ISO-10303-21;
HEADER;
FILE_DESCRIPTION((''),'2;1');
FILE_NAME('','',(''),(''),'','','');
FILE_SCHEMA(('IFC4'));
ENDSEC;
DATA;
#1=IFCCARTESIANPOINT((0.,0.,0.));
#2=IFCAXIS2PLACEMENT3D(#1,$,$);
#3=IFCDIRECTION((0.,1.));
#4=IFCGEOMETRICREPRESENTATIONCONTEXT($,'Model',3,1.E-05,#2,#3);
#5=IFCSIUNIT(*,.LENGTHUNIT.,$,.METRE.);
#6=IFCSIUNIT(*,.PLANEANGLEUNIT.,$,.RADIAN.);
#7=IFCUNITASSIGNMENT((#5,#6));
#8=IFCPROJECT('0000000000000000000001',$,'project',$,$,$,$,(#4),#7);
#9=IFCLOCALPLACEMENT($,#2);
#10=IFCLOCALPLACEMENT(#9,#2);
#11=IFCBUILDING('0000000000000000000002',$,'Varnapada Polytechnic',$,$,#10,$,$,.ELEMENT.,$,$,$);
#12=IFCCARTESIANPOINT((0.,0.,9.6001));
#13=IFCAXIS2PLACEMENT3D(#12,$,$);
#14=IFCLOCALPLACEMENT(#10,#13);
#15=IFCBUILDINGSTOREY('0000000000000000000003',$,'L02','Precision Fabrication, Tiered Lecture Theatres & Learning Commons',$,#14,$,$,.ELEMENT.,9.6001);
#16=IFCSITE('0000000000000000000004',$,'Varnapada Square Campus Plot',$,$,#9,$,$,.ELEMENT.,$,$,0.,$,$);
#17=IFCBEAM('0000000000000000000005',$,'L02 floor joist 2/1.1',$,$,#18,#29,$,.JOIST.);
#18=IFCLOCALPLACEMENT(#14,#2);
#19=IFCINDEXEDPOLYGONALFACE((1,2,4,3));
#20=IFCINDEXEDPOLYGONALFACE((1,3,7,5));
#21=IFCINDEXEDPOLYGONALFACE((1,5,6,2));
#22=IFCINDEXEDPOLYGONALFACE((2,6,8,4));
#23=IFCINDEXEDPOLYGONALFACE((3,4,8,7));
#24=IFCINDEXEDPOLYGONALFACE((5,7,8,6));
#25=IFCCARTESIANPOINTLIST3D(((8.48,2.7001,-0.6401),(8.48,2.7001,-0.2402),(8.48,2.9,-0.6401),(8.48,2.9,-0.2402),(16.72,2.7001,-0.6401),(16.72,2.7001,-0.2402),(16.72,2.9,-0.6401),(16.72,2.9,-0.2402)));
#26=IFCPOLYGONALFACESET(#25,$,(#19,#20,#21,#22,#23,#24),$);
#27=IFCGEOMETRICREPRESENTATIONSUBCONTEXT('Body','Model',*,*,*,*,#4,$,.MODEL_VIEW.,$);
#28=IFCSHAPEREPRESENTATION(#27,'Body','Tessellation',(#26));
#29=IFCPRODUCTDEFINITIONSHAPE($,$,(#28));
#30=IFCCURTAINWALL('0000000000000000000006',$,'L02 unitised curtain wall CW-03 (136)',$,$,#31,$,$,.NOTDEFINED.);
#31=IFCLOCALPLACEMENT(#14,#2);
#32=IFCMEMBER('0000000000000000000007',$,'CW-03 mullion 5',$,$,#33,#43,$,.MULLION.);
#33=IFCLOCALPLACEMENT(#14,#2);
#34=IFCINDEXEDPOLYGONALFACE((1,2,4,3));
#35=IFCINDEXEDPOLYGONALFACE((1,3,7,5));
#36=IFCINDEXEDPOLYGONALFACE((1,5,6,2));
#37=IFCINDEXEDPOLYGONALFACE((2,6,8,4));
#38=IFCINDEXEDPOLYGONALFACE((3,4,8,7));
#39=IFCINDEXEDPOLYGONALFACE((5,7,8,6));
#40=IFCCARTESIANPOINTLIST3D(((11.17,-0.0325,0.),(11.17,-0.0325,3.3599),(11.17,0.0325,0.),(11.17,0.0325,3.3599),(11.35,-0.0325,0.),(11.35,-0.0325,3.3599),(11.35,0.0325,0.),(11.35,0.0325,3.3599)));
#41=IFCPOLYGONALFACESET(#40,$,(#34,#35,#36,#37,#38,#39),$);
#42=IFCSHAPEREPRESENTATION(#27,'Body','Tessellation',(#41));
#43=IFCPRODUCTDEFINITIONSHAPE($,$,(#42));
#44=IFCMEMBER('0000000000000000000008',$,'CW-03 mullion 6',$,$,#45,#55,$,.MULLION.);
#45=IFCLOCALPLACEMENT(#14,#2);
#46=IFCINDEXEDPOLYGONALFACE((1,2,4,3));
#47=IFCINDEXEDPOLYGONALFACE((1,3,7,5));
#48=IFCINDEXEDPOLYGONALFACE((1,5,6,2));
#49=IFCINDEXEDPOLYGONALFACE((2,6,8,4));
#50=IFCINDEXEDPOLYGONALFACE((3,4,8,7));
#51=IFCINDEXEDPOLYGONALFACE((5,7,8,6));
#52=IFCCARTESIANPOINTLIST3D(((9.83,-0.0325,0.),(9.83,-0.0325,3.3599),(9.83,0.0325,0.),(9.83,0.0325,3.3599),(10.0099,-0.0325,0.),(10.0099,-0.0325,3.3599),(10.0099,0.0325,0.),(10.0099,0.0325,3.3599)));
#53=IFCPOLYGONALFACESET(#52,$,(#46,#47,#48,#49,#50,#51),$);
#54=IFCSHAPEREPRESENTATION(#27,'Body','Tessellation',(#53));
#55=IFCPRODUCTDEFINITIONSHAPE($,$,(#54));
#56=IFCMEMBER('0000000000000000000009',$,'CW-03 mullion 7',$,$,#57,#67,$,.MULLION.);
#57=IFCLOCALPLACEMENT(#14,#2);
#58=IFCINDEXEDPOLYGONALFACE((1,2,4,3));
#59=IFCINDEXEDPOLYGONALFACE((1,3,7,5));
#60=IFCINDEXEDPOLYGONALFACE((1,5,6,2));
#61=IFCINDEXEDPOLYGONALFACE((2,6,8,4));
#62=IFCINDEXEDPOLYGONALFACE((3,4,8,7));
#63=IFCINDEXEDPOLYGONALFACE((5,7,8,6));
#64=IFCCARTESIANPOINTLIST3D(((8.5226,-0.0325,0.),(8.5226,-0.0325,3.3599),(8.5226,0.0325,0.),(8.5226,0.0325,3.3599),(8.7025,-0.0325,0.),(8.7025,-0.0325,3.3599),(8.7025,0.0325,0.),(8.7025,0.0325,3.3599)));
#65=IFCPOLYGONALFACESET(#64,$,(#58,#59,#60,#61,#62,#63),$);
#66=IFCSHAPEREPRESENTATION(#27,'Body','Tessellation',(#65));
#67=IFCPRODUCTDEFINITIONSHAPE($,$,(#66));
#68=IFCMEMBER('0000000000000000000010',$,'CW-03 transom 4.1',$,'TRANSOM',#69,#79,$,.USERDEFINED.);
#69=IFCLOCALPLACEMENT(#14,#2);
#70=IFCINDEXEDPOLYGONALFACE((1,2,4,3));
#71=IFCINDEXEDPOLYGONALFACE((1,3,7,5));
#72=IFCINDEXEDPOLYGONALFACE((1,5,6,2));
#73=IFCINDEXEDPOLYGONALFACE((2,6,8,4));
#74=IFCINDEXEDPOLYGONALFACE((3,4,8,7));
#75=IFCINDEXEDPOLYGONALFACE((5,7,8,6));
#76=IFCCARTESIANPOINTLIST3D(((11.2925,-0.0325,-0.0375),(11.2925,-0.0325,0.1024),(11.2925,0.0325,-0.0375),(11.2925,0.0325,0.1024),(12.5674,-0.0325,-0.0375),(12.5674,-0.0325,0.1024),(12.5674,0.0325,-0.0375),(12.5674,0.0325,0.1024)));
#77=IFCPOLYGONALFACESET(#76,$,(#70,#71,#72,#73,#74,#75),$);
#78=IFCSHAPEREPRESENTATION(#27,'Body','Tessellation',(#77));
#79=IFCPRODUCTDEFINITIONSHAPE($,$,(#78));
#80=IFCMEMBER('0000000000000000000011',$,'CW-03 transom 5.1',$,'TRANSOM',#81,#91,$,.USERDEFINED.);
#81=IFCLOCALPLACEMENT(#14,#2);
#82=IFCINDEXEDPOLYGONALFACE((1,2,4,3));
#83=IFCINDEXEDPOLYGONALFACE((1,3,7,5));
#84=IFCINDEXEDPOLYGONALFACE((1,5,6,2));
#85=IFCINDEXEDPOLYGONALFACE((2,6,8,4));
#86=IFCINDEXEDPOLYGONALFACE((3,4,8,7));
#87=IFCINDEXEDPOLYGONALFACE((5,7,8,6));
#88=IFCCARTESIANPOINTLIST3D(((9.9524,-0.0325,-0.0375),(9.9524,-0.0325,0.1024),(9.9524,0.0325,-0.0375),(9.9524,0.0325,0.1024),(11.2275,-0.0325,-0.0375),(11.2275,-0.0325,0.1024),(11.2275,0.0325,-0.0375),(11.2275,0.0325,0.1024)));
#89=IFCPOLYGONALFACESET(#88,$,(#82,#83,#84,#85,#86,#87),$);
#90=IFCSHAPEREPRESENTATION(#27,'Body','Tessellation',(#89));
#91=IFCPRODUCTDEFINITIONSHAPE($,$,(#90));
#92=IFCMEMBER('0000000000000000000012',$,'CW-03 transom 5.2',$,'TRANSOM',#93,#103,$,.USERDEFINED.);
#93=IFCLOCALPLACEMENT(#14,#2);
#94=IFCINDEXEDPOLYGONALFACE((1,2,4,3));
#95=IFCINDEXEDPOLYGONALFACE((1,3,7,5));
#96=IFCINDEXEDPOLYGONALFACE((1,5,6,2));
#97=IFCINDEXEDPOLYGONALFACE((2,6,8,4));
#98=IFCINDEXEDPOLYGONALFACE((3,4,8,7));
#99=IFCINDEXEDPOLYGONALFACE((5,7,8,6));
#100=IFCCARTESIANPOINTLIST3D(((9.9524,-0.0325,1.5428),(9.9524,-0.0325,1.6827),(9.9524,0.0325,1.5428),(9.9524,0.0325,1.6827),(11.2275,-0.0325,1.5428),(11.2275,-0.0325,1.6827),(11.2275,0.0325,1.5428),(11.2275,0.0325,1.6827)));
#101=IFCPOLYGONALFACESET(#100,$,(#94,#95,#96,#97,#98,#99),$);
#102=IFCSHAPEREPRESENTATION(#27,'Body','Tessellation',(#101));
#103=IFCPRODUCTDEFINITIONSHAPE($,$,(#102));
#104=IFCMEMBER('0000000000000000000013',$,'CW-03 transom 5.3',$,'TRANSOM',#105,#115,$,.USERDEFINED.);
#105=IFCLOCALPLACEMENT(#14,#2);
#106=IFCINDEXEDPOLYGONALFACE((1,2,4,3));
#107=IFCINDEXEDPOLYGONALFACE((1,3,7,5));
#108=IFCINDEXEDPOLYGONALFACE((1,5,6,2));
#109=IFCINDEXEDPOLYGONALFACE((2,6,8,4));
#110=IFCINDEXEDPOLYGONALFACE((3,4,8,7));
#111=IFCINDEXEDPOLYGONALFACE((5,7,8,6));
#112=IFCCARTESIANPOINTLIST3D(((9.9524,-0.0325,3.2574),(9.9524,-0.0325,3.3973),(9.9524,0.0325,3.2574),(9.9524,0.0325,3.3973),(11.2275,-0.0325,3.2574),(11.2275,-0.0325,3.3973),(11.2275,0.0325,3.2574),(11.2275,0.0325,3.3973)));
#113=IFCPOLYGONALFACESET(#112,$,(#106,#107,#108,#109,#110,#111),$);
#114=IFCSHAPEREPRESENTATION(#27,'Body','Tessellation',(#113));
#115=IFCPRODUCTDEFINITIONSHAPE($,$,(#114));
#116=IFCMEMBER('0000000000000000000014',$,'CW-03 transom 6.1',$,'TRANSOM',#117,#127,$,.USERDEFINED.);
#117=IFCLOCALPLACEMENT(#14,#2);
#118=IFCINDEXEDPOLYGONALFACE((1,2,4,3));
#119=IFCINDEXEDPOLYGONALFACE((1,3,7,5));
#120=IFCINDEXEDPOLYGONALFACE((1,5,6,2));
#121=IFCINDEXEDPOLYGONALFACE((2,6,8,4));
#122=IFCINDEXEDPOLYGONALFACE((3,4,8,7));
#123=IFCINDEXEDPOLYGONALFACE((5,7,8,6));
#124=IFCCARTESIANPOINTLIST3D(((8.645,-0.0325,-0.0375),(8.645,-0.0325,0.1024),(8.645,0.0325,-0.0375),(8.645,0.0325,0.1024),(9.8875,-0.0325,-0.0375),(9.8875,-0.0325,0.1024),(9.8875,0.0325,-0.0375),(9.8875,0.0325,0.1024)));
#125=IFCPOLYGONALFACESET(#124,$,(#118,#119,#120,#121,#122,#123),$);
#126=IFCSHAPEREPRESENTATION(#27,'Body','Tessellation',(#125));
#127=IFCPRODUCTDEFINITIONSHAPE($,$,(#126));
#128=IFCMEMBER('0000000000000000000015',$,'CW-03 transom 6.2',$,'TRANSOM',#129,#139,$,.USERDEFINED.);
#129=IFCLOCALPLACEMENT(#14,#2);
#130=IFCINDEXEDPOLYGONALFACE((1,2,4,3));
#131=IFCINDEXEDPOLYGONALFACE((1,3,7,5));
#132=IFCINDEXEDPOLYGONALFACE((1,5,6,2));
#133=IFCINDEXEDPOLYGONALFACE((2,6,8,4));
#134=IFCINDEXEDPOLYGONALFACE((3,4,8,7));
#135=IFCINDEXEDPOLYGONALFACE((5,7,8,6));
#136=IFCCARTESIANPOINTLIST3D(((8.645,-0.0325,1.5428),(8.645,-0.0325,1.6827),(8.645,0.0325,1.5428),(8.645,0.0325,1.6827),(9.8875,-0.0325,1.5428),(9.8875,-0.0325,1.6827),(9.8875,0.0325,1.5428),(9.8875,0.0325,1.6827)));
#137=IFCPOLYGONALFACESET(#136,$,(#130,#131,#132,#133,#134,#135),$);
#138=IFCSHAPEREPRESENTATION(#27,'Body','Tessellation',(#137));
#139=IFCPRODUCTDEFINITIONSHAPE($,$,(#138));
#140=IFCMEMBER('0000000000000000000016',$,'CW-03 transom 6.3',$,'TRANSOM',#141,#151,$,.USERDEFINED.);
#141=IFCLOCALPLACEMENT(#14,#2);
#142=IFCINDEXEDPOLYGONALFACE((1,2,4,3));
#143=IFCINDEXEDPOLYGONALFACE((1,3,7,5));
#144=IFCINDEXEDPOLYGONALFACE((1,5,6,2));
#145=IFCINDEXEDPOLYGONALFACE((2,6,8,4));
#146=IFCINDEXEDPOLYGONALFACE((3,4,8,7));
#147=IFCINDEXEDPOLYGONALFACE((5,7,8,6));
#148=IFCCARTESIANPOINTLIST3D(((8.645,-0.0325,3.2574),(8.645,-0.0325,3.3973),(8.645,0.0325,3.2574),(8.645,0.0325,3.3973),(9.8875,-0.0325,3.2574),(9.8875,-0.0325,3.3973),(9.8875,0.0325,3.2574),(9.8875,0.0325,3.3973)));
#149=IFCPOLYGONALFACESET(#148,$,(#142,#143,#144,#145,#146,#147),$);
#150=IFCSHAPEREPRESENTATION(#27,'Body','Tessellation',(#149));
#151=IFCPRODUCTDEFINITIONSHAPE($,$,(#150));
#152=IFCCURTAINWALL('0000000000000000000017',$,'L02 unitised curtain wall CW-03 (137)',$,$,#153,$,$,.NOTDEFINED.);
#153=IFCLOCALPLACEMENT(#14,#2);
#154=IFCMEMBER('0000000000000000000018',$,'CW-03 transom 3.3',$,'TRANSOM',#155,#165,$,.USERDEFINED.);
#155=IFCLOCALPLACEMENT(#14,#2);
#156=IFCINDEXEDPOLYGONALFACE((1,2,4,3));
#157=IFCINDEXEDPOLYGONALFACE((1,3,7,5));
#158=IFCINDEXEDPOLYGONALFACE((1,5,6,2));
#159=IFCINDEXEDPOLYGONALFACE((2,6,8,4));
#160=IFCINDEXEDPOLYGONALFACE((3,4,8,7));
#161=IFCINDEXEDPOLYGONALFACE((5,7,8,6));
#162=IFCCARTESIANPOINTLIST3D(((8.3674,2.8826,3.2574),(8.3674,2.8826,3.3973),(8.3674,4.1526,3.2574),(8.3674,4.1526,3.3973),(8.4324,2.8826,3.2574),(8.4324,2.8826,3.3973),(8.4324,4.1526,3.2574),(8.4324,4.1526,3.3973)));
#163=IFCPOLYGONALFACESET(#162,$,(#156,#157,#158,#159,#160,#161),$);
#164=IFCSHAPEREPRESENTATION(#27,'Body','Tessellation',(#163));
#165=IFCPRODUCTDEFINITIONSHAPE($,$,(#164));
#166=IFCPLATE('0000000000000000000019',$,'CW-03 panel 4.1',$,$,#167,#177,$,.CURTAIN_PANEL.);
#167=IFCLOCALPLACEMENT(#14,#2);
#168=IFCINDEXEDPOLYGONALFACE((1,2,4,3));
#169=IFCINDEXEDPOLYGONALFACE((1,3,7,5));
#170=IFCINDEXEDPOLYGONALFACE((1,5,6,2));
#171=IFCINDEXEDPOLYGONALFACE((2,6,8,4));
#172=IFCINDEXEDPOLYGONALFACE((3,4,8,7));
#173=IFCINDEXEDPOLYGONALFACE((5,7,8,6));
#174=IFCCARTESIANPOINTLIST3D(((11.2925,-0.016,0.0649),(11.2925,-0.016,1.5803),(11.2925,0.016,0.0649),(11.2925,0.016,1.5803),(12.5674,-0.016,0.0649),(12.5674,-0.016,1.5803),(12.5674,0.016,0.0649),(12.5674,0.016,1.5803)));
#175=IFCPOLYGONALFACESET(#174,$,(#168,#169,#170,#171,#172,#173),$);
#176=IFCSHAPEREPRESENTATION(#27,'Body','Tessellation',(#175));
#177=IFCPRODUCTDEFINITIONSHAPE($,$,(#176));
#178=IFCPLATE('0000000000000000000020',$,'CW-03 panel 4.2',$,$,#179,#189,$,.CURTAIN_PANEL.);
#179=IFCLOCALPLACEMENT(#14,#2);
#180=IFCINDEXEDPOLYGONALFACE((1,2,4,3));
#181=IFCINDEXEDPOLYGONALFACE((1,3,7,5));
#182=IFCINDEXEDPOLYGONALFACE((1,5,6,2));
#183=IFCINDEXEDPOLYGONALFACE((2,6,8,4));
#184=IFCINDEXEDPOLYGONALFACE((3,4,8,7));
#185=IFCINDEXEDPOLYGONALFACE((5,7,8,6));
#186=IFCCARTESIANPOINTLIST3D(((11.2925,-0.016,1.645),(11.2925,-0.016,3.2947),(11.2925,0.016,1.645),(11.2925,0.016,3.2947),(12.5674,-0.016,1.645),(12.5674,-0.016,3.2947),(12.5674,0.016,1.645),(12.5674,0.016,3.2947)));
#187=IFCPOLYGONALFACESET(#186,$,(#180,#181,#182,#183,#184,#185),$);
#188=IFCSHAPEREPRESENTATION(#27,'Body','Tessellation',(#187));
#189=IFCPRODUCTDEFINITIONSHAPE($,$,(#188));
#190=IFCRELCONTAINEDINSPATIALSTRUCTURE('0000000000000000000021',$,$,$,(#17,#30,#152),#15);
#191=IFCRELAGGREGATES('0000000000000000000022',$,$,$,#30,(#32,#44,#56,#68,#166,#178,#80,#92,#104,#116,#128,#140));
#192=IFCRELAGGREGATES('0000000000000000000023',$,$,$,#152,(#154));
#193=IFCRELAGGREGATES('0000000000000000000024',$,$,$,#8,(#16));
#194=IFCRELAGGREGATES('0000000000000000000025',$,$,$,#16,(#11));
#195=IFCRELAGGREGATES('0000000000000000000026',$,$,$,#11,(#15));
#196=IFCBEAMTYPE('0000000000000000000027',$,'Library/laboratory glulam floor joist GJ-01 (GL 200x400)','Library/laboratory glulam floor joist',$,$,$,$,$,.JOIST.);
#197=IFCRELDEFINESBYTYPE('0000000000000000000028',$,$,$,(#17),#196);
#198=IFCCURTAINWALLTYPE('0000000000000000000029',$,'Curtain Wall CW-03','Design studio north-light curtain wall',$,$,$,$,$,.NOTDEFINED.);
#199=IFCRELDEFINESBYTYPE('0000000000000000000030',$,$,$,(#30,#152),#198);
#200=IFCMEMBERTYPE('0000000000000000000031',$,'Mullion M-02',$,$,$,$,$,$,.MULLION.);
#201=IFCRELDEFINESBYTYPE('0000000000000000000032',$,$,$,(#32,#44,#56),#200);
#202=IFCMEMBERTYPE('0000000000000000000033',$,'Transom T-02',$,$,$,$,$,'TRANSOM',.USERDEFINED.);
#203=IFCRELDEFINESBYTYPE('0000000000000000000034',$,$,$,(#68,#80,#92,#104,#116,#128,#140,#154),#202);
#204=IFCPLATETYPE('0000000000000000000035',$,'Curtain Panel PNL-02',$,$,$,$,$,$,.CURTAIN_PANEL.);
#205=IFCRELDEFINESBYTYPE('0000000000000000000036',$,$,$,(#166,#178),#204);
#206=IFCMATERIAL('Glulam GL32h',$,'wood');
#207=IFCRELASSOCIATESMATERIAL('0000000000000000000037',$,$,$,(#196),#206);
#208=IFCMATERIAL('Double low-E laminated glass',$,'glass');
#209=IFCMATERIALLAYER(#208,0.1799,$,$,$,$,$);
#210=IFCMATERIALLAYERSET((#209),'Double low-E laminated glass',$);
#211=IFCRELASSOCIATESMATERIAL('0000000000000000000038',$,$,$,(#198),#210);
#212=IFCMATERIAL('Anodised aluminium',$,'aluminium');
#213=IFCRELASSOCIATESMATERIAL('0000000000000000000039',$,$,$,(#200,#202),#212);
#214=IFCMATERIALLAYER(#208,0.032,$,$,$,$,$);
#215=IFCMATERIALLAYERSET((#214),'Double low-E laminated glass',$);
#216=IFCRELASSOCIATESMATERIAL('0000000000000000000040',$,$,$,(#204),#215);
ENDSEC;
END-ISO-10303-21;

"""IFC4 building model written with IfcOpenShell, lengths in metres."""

from ifc_helpers import new_model, si_unit, direction, frame, origin, origin_2d, place, context, subcontext, project, spatial, rectangle, extrude, material, layer, layer_set, material_profile, profile_set, type_object, element, aggregate, save


model = new_model("IFC4")

# Units and contexts
model_context = context("Model", 3, precision=1e-05, world=origin(), true_north=direction((0.0, 1.0)))
body_context = subcontext(model_context, "Body", "Model", "MODEL_VIEW")
ifc_project = project(units=[si_unit("LENGTHUNIT", "METRE"), si_unit("PLANEANGLEUNIT", "RADIAN")], contexts=[model_context])

# Site, building, storey
site_placement = place(None, origin())
site = spatial("IfcSite", under=ifc_project, at=site_placement, Name="Varnapada Square Campus Plot", CompositionType="ELEMENT", RefElevation=0.0)
building_placement = place(site_placement, origin())
building = spatial("IfcBuilding", under=site, at=building_placement, Name="Varnapada Polytechnic", CompositionType="ELEMENT")
storey_placement = place(building_placement, frame((0.0, 0.0, 9.6001)))
storey = spatial("IfcBuildingStorey", under=building, at=storey_placement, Name="L02", Description="Precision Fabrication, Tiered Lecture Theatres & Learning Commons", CompositionType="ELEMENT", Elevation=9.6001)

# Beam
ifc_material_1 = material(Name="Glulam GL32h", Category="wood")
ifc_material_profile_1 = material_profile(ifc_material_1, rectangle(XDim=0.2, YDim=0.3999, at=origin_2d()), Name="GL 200x400")
ifc_profile_set_1 = profile_set([ifc_material_profile_1], Name="Glulam GL32h")
beam_type = type_object("IfcBeamType", Name="Library/laboratory glulam floor joist GJ-01 (GL 200x400)", Description="Library/laboratory glulam floor joist", PredefinedType="JOIST", material=ifc_profile_set_1)
beam_placement = place(storey_placement, frame((8.48, 2.8, -0.4402), z_axis=(1.0, 0.0, 0.0), x_axis=(0.0, 1.0, 0.0)))
element("IfcBeam", 1, at=beam_placement, inside=storey, type_object=beam_type, Name="L02 floor joist 2/1.1", PredefinedType="JOIST", context=body_context, shape_type="SweptSolid", body=[
    extrude(rectangle(XDim=0.2, YDim=0.3999, at=origin_2d()), origin(), (0.0, 0.0, 1.0), 8.24),
])

# Curtain wall, members
ifc_material_2 = material(Name="Double low-E laminated glass", Category="glass")
ifc_layer_1 = layer(ifc_material_2, 0.1799)
ifc_layer_set_1 = layer_set([ifc_layer_1], Name="Double low-E laminated glass")
curtain_wall_type = type_object("IfcCurtainWallType", Name="Curtain Wall CW-03", Description="Design studio north-light curtain wall", PredefinedType="NOTDEFINED", material=ifc_layer_set_1)
curtain_wall_1_placement = place(storey_placement, origin())
curtain_wall_1 = element("IfcCurtainWall", 2, at=curtain_wall_1_placement, inside=storey, type_object=curtain_wall_type, Name="L02 unitised curtain wall CW-03 (136)", PredefinedType="NOTDEFINED")
ifc_material_3 = material(Name="Anodised aluminium", Category="aluminium")
ifc_material_profile_2 = material_profile(ifc_material_3, rectangle(XDim=0.0649, YDim=0.1799, at=origin_2d()), Name="ALU M65x180")
ifc_profile_set_2 = profile_set([ifc_material_profile_2], Name="Anodised aluminium")
member_type_1 = type_object("IfcMemberType", Name="Mullion M-02", PredefinedType="MULLION", material=ifc_profile_set_2)
member_1_placement = place(storey_placement, frame((11.26, 0.0, 0.0), z_axis=(0.0, 0.0, 1.0), x_axis=(0.0, -1.0, 0.0)))
member_1 = element("IfcMember", 3, at=member_1_placement, type_object=member_type_1, Name="CW-03 mullion 5", PredefinedType="MULLION", context=body_context, shape_type="SweptSolid", body=[
    extrude(rectangle(XDim=0.0649, YDim=0.1799, at=origin_2d()), origin(), (0.0, 0.0, 1.0), 3.3599),
])
member_2_placement = place(storey_placement, frame((9.9199, 0.0, 0.0), z_axis=(0.0, 0.0, 1.0), x_axis=(0.0, -1.0, 0.0)))
member_2 = element("IfcMember", 4, at=member_2_placement, type_object=member_type_1, Name="CW-03 mullion 6", PredefinedType="MULLION", context=body_context, shape_type="SweptSolid", body=[
    extrude(rectangle(XDim=0.0649, YDim=0.1799, at=origin_2d()), origin(), (0.0, 0.0, 1.0), 3.3599),
])
member_3_placement = place(storey_placement, frame((8.6125, 0.0, 0.0), z_axis=(0.0, 0.0, 1.0), x_axis=(0.0, -1.0, 0.0)))
member_3 = element("IfcMember", 5, at=member_3_placement, type_object=member_type_1, Name="CW-03 mullion 7", PredefinedType="MULLION", context=body_context, shape_type="SweptSolid", body=[
    extrude(rectangle(XDim=0.0649, YDim=0.1799, at=origin_2d()), origin(), (0.0, 0.0, 1.0), 3.3599),
])
ifc_material_profile_3 = material_profile(ifc_material_3, rectangle(XDim=0.0649, YDim=0.1399, at=origin_2d()), Name="ALU T65x140")
ifc_profile_set_3 = profile_set([ifc_material_profile_3], Name="Anodised aluminium")
member_type_2 = type_object("IfcMemberType", Name="Transom T-02", ElementType="TRANSOM", PredefinedType="USERDEFINED", material=ifc_profile_set_3)
member_4_placement = place(storey_placement, frame((12.5674, 0.0, 0.0325), z_axis=(-1.0, 0.0, 0.0), x_axis=(0.0, -1.0, 0.0)))
member_4 = element("IfcMember", 6, at=member_4_placement, type_object=member_type_2, Name="CW-03 transom 4.1", ObjectType="TRANSOM", PredefinedType="USERDEFINED", context=body_context, shape_type="SweptSolid", body=[
    extrude(rectangle(XDim=0.0649, YDim=0.1399, at=origin_2d()), origin(), (0.0, 0.0, 1.0), 1.2749),
])
member_5_placement = place(storey_placement, frame((11.2275, 0.0, 0.0325), z_axis=(-1.0, 0.0, 0.0), x_axis=(0.0, -1.0, 0.0)))
member_5 = element("IfcMember", 7, at=member_5_placement, type_object=member_type_2, Name="CW-03 transom 5.1", ObjectType="TRANSOM", PredefinedType="USERDEFINED", context=body_context, shape_type="SweptSolid", body=[
    extrude(rectangle(XDim=0.0649, YDim=0.1399, at=origin_2d()), origin(), (0.0, 0.0, 1.0), 1.2751),
])
member_6_placement = place(storey_placement, frame((11.2275, 0.0, 1.6128), z_axis=(-1.0, 0.0, 0.0), x_axis=(0.0, -1.0, 0.0)))
member_6 = element("IfcMember", 8, at=member_6_placement, type_object=member_type_2, Name="CW-03 transom 5.2", ObjectType="TRANSOM", PredefinedType="USERDEFINED", context=body_context, shape_type="SweptSolid", body=[
    extrude(rectangle(XDim=0.0649, YDim=0.1399, at=origin_2d()), origin(), (0.0, 0.0, 1.0), 1.2751),
])
member_7_placement = place(storey_placement, frame((11.2275, 0.0, 3.3274), z_axis=(-1.0, 0.0, 0.0), x_axis=(0.0, -1.0, 0.0)))
member_7 = element("IfcMember", 9, at=member_7_placement, type_object=member_type_2, Name="CW-03 transom 5.3", ObjectType="TRANSOM", PredefinedType="USERDEFINED", context=body_context, shape_type="SweptSolid", body=[
    extrude(rectangle(XDim=0.0649, YDim=0.1399, at=origin_2d()), origin(), (0.0, 0.0, 1.0), 1.2751),
])
member_8_placement = place(storey_placement, frame((9.8875, 0.0, 0.0325), z_axis=(-1.0, 0.0, 0.0), x_axis=(0.0, -1.0, 0.0)))
member_8 = element("IfcMember", 10, at=member_8_placement, type_object=member_type_2, Name="CW-03 transom 6.1", ObjectType="TRANSOM", PredefinedType="USERDEFINED", context=body_context, shape_type="SweptSolid", body=[
    extrude(rectangle(XDim=0.0649, YDim=0.1399, at=origin_2d()), origin(), (0.0, 0.0, 1.0), 1.2424),
])
member_9_placement = place(storey_placement, frame((9.8875, 0.0, 1.6128), z_axis=(-1.0, 0.0, 0.0), x_axis=(0.0, -1.0, 0.0)))
member_9 = element("IfcMember", 11, at=member_9_placement, type_object=member_type_2, Name="CW-03 transom 6.2", ObjectType="TRANSOM", PredefinedType="USERDEFINED", context=body_context, shape_type="SweptSolid", body=[
    extrude(rectangle(XDim=0.0649, YDim=0.1399, at=origin_2d()), origin(), (0.0, 0.0, 1.0), 1.2424),
])
member_10_placement = place(storey_placement, frame((9.8875, 0.0, 3.3274), z_axis=(-1.0, 0.0, 0.0), x_axis=(0.0, -1.0, 0.0)))
member_10 = element("IfcMember", 12, at=member_10_placement, type_object=member_type_2, Name="CW-03 transom 6.3", ObjectType="TRANSOM", PredefinedType="USERDEFINED", context=body_context, shape_type="SweptSolid", body=[
    extrude(rectangle(XDim=0.0649, YDim=0.1399, at=origin_2d()), origin(), (0.0, 0.0, 1.0), 1.2424),
])

# Curtain wall, member
curtain_wall_2_placement = place(storey_placement, origin())
curtain_wall_2 = element("IfcCurtainWall", 13, at=curtain_wall_2_placement, inside=storey, type_object=curtain_wall_type, Name="L02 unitised curtain wall CW-03 (137)", PredefinedType="NOTDEFINED")
member_11_placement = place(storey_placement, frame((8.3999, 2.8826, 3.3274), z_axis=(0.0, 1.0, 0.0), x_axis=(-1.0, 0.0, 0.0)))
member_11 = element("IfcMember", 14, at=member_11_placement, type_object=member_type_2, Name="CW-03 transom 3.3", ObjectType="TRANSOM", PredefinedType="USERDEFINED", context=body_context, shape_type="SweptSolid", body=[
    extrude(rectangle(XDim=0.0649, YDim=0.1399, at=origin_2d()), origin(), (0.0, 0.0, 1.0), 1.27),
])

# Plates
ifc_layer_2 = layer(ifc_material_2, 0.032)
ifc_layer_set_2 = layer_set([ifc_layer_2], Name="Double low-E laminated glass")
plate_type = type_object("IfcPlateType", Name="Curtain Panel PNL-02", PredefinedType="CURTAIN_PANEL", material=ifc_layer_set_2)
plate_1_placement = place(storey_placement, frame((11.9299, 0.0, 0.0649), z_axis=(0.0, 0.0, 1.0), x_axis=(-1.0, 0.0, 0.0)))
plate_1 = element("IfcPlate", 15, at=plate_1_placement, type_object=plate_type, Name="CW-03 panel 4.1", PredefinedType="CURTAIN_PANEL", context=body_context, shape_type="SweptSolid", body=[
    extrude(rectangle(XDim=1.2749, YDim=0.032, at=origin_2d()), origin(), (0.0, 0.0, 1.0), 1.5154),
])
plate_2_placement = place(storey_placement, frame((11.9299, 0.0, 1.645), z_axis=(0.0, 0.0, 1.0), x_axis=(-1.0, 0.0, 0.0)))
plate_2 = element("IfcPlate", 16, at=plate_2_placement, type_object=plate_type, Name="CW-03 panel 4.2", PredefinedType="CURTAIN_PANEL", context=body_context, shape_type="SweptSolid", body=[
    extrude(rectangle(XDim=1.2749, YDim=0.032, at=origin_2d()), origin(), (0.0, 0.0, 1.0), 1.6497),
])
aggregate(curtain_wall_1, [member_1, member_2, member_3, member_4, plate_1, plate_2, member_5, member_6, member_7, member_8, member_9, member_10])
aggregate(curtain_wall_2, [member_11])

save(model, "model.ifc")
